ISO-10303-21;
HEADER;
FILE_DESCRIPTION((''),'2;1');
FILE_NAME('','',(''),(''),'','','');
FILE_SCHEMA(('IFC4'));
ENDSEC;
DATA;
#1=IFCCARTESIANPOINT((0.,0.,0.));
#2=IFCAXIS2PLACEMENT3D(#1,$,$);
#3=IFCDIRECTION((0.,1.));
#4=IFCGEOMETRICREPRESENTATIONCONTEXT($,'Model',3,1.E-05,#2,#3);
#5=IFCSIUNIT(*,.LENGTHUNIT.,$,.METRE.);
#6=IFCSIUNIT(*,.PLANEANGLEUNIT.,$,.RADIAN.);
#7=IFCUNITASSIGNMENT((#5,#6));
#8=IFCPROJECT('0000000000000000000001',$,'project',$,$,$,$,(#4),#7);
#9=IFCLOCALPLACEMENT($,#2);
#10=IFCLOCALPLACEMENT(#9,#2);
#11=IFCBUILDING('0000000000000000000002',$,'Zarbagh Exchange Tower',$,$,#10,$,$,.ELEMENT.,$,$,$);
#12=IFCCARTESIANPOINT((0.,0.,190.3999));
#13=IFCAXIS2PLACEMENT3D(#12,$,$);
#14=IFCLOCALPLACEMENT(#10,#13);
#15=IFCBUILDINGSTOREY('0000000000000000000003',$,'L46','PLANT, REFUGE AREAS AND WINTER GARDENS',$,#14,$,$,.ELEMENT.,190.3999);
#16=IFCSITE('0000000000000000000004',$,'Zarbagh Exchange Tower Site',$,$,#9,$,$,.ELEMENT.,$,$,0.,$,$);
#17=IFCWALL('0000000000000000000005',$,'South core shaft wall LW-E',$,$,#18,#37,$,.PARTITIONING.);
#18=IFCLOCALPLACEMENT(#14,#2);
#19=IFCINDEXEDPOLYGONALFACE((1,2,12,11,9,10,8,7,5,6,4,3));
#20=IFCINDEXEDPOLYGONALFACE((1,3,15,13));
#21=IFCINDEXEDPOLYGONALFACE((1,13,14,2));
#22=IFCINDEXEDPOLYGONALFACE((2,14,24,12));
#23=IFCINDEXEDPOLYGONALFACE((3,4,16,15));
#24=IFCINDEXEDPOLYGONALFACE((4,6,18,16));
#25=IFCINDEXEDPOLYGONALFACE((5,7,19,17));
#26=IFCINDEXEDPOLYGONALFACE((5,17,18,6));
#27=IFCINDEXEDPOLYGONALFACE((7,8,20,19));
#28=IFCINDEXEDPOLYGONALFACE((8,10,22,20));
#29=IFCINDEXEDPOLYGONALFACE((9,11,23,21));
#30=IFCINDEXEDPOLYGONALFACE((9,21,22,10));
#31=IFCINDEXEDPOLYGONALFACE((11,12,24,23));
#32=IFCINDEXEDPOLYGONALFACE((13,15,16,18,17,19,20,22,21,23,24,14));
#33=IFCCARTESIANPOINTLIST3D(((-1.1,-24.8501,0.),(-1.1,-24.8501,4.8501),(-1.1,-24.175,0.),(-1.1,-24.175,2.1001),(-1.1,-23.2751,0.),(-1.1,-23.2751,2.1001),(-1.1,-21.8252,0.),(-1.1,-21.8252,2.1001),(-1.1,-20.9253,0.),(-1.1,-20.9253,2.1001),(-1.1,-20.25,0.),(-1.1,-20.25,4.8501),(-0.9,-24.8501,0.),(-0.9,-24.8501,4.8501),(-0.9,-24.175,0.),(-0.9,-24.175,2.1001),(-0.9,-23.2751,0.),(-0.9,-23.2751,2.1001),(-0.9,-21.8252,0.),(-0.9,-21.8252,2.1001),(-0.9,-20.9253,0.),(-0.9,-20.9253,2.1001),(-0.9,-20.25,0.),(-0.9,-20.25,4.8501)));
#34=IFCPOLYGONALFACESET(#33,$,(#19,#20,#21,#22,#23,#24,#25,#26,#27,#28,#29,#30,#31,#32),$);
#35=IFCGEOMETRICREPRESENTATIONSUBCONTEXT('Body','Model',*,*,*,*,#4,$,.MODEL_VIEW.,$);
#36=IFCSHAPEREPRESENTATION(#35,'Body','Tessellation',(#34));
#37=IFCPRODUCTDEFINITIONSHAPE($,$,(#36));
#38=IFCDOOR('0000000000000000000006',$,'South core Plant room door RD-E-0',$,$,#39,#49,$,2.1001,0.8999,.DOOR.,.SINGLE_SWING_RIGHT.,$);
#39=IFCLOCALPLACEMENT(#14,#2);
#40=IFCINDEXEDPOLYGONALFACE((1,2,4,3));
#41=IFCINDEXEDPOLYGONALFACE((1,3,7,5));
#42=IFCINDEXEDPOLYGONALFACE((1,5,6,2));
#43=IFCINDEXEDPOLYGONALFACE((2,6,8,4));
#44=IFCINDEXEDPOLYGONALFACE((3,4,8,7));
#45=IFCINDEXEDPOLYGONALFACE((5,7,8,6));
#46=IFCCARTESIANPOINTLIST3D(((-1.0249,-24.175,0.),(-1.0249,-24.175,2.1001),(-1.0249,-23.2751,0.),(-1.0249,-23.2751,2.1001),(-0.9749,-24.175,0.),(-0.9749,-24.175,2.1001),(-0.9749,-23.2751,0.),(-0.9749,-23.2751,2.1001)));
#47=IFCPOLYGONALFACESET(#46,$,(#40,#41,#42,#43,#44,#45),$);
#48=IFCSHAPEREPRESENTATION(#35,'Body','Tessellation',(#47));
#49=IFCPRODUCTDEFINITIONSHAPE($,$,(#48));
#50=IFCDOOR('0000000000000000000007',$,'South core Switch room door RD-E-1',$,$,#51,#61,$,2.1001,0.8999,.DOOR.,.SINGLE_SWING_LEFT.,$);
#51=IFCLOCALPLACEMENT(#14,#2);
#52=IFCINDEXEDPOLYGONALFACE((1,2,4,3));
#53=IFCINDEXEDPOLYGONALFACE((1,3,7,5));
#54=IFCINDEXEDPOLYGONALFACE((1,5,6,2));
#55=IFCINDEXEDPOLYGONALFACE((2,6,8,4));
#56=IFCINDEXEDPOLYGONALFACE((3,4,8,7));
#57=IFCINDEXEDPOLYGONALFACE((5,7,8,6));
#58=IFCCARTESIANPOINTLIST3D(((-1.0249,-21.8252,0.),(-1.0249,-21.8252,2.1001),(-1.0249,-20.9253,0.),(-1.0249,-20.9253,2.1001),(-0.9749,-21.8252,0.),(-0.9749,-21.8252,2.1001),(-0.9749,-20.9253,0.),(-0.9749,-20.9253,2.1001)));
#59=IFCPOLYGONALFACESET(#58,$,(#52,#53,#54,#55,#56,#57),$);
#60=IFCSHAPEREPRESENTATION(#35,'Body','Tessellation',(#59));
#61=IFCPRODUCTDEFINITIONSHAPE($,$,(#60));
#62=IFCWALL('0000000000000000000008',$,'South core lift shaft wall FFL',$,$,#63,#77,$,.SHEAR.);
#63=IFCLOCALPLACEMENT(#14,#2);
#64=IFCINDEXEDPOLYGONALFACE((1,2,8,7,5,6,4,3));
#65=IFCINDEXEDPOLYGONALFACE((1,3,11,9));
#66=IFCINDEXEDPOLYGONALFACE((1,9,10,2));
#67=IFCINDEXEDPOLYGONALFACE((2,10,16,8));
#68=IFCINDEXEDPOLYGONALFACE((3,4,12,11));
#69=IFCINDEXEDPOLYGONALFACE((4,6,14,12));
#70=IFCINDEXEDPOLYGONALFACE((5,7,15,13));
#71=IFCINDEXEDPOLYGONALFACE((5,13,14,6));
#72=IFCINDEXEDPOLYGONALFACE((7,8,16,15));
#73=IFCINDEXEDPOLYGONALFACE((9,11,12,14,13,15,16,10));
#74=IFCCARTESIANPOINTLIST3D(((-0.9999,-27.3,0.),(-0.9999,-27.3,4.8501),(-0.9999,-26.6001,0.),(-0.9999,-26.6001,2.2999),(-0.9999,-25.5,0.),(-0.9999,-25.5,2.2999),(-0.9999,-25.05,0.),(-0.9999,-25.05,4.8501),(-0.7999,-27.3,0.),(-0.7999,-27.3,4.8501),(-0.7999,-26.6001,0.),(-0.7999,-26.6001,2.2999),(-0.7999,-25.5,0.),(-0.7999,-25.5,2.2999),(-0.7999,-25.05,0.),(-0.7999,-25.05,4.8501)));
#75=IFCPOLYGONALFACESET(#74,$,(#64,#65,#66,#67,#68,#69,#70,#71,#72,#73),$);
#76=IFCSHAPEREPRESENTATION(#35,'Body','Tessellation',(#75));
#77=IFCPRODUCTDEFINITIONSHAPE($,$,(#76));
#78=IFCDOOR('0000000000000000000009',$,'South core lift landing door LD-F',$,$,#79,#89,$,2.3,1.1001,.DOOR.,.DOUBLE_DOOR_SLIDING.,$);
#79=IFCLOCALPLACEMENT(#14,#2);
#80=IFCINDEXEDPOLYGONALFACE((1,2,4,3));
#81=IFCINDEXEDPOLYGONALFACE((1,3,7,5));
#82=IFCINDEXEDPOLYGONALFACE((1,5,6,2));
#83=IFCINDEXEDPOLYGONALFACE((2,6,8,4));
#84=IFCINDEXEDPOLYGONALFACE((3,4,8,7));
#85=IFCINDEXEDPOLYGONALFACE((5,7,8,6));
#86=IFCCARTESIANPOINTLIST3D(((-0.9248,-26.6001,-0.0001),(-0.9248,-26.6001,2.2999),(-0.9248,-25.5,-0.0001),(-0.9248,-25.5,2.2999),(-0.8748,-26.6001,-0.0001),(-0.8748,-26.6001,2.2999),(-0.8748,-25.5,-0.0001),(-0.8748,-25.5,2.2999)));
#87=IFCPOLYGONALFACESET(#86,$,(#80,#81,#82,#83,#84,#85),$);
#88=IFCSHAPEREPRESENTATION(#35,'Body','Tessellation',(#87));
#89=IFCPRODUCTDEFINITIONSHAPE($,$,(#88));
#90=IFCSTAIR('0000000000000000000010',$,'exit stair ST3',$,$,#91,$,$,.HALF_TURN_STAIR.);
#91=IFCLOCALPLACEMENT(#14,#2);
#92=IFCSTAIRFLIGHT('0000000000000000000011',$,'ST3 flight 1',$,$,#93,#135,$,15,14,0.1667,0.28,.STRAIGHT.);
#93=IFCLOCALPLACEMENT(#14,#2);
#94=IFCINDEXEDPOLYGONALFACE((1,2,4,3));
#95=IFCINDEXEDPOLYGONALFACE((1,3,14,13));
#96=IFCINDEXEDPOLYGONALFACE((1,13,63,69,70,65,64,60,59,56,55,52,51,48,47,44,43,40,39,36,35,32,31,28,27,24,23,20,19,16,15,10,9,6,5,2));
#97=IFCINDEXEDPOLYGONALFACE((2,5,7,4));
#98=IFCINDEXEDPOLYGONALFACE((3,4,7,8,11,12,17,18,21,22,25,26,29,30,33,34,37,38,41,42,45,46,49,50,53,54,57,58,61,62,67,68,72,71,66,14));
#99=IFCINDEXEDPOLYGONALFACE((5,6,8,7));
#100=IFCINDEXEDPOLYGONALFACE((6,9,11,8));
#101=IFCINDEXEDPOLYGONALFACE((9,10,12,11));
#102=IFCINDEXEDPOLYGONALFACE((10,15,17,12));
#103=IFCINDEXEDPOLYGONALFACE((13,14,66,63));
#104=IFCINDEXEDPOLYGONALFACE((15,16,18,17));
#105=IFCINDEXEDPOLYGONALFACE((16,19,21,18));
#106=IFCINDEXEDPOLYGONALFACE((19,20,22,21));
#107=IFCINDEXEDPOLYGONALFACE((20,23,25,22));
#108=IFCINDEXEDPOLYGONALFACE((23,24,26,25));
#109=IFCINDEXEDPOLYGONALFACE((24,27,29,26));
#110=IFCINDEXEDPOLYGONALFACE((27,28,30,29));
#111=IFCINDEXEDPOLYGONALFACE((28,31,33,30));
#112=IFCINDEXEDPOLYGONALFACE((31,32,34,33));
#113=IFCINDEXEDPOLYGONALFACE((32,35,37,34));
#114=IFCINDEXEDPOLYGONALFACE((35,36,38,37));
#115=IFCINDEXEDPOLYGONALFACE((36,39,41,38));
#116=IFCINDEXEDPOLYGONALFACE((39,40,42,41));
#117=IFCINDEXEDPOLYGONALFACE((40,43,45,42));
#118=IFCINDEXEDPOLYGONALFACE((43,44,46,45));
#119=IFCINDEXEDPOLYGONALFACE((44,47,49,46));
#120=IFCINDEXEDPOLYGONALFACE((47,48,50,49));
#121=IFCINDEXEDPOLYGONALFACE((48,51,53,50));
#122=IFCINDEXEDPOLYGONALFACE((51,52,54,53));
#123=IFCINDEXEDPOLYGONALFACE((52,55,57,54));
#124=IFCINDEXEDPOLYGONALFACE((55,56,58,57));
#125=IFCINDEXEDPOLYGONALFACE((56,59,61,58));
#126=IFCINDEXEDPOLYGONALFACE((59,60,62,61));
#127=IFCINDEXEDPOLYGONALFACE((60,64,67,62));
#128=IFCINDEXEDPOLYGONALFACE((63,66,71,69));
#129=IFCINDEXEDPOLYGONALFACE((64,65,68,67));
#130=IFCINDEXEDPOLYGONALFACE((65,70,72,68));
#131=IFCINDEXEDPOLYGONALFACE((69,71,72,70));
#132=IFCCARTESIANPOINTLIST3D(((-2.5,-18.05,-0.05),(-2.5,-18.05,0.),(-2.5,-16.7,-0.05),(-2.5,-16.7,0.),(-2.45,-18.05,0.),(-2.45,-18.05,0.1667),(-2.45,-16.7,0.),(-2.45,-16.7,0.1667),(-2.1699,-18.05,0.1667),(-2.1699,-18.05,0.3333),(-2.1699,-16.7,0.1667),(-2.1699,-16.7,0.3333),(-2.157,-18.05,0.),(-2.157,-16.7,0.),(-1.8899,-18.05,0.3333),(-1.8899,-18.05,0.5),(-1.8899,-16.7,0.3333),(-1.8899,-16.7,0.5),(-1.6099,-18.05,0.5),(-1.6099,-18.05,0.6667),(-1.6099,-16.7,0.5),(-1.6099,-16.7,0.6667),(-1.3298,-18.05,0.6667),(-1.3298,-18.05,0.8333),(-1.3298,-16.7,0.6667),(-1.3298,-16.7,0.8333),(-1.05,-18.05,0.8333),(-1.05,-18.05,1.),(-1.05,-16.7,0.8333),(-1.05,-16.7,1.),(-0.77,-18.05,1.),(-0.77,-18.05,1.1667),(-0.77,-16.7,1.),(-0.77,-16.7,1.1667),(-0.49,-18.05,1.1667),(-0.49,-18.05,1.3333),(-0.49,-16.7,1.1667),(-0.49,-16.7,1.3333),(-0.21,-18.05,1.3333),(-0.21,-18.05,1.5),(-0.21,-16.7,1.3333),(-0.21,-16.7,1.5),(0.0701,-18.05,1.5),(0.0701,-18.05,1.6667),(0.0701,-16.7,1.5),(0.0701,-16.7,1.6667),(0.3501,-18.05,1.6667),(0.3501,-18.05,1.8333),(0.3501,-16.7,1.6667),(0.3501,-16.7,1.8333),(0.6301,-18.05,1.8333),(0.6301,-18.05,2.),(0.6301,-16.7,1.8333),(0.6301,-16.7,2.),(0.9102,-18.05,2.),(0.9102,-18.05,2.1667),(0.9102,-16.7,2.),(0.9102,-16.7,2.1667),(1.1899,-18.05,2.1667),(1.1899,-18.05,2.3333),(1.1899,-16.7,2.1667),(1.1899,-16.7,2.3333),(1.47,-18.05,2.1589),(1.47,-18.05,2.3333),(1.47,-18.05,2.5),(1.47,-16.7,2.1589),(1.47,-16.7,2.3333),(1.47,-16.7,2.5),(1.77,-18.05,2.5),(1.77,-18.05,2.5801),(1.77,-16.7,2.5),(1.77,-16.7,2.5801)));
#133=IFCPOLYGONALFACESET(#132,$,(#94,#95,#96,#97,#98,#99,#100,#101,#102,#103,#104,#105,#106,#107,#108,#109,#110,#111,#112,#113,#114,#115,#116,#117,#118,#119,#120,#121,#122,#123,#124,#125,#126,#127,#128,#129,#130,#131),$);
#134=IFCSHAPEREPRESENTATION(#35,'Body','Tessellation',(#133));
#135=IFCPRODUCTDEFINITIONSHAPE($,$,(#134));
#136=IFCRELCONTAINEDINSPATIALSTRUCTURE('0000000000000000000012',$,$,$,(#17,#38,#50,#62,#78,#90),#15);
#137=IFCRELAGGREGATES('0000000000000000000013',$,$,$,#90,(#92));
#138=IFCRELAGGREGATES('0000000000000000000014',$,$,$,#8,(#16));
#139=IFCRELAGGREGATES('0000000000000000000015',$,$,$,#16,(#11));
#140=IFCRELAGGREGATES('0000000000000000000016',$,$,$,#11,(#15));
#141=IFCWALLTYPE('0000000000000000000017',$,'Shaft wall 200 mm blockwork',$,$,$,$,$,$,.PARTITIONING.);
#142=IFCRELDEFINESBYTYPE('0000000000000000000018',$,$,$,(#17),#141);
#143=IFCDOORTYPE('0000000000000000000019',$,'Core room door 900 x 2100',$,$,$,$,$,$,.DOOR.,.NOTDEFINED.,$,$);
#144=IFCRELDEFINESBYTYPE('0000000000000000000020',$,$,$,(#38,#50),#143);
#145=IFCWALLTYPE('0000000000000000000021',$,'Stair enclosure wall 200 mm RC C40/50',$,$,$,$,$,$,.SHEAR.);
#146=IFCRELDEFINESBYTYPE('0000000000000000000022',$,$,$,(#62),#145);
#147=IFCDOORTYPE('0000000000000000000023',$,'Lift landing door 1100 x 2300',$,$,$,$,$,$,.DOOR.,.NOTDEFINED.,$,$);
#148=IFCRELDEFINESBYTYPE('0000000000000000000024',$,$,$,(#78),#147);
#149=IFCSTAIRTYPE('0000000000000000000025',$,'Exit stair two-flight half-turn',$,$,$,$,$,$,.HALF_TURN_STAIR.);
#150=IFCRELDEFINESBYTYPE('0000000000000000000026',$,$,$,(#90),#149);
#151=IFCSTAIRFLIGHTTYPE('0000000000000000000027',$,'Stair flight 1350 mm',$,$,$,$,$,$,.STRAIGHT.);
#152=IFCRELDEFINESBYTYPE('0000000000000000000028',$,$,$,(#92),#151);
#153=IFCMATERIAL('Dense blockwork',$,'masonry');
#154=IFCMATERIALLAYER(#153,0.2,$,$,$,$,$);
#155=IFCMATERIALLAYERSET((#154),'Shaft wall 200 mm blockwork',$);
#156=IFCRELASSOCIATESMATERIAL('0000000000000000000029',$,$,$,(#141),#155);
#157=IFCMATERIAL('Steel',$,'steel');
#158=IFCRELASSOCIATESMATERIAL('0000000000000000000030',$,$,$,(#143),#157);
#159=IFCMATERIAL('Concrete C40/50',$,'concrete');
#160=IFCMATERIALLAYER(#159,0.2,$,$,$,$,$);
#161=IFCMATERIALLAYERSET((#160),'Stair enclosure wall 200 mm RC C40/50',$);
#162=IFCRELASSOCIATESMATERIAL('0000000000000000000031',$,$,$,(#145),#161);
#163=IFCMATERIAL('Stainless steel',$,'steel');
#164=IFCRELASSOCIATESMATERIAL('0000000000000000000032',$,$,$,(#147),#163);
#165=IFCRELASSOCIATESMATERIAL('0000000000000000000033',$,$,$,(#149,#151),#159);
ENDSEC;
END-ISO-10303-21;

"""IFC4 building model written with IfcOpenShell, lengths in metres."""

from ifc_helpers import new_model, si_unit, direction, frame, frame_2d, origin, place, context, subcontext, project, spatial, polyline, rectangle, outline, extrude, material, layer, layer_set, type_object, element, fill, aggregate, save


model = new_model("IFC4")

# Units and contexts
model_context = context("Model", 3, precision=1e-05, world=origin(), true_north=direction((0.0, 1.0)))
body_context = subcontext(model_context, "Body", "Model", "MODEL_VIEW")
ifc_project = project(units=[si_unit("LENGTHUNIT", "METRE"), si_unit("PLANEANGLEUNIT", "RADIAN")], contexts=[model_context])

# Site, building, storey
site_placement = place(None, origin())
site = spatial("IfcSite", under=ifc_project, at=site_placement, Name="Zarbagh Exchange Tower Site", CompositionType="ELEMENT", RefElevation=0.0)
building_placement = place(site_placement, origin())
building = spatial("IfcBuilding", under=site, at=building_placement, Name="Zarbagh Exchange Tower", CompositionType="ELEMENT")
storey_placement = place(building_placement, frame((0.0, 0.0, 190.3999)))
storey = spatial("IfcBuildingStorey", under=building, at=storey_placement, Name="L46", Description="PLANT, REFUGE AREAS AND WINTER GARDENS", CompositionType="ELEMENT", Elevation=190.3999)

# Shared definitions
ifc_material_1 = material(Name="Dense blockwork", Category="masonry")
ifc_layer_1 = layer(ifc_material_1, 0.2)
ifc_layer_set_1 = layer_set([ifc_layer_1], Name="Shaft wall 200 mm blockwork")
wall_type_1 = type_object("IfcWallType", Name="Shaft wall 200 mm blockwork", PredefinedType="PARTITIONING", material=ifc_layer_set_1)

# Wall, openings, doors
wall_1_placement = place(storey_placement, frame((-1.0, -24.8501, 0.0), z_axis=(0.0, 0.0, 1.0), x_axis=(0.0, 1.0, 0.0)))
wall_1 = element("IfcWall", 1, at=wall_1_placement, inside=storey, type_object=wall_type_1, Name="South core shaft wall LW-E", PredefinedType="PARTITIONING", context=body_context, shape_type="SweptSolid", body=[
    extrude(rectangle(XDim=4.6001, YDim=0.2, at=frame_2d((2.3, 0.0))), origin(), (0.0, 0.0, 1.0), 4.8501),
])
opening_1_placement = place(wall_1_placement, frame((0.675, 0.0, 0.0)))
opening_1 = element("IfcOpeningElement", 2, at=opening_1_placement, cuts=wall_1, PredefinedType="OPENING", context=body_context, shape_type="SweptSolid", body=[
    extrude(rectangle(XDim=0.8999, YDim=2.1001, at=frame_2d((0.45, 1.05))), frame((0.0, 0.1099, 0.0), z_axis=(0.0, -1.0, 0.0), x_axis=(1.0, 0.0, 0.0)), (0.0, 0.0, 1.0), 0.22),
])
opening_2_placement = place(wall_1_placement, frame((3.0249, 0.0, 0.0)))
opening_2 = element("IfcOpeningElement", 3, at=opening_2_placement, cuts=wall_1, PredefinedType="OPENING", context=body_context, shape_type="SweptSolid", body=[
    extrude(rectangle(XDim=0.8999, YDim=2.1001, at=frame_2d((0.45, 1.05))), frame((0.0, 0.1099, 0.0), z_axis=(0.0, -1.0, 0.0), x_axis=(1.0, 0.0, 0.0)), (0.0, 0.0, 1.0), 0.22),
])
ifc_material_2 = material(Name="Steel", Category="steel")
door_type_1 = type_object("IfcDoorType", Name="Core room door 900 x 2100", OperationType="NOTDEFINED", PredefinedType="DOOR", material=ifc_material_2)
door_1_placement = place(opening_1_placement, origin())
door_1 = element("IfcDoor", 4, at=door_1_placement, inside=storey, type_object=door_type_1, Name="South core Plant room door RD-E-0", OperationType="SINGLE_SWING_RIGHT", OverallHeight=2.1001, OverallWidth=0.8999, PredefinedType="DOOR", context=body_context, shape_type="SweptSolid", body=[
    extrude(rectangle(XDim=0.8999, YDim=2.1001, at=frame_2d((0.45, 1.05))), frame((0.0, 0.0249, 0.0), z_axis=(0.0, -1.0, 0.0), x_axis=(1.0, 0.0, 0.0)), (0.0, 0.0, 1.0), 0.05),
])
fill(opening_1, door_1)
door_2_placement = place(opening_2_placement, origin())
door_2 = element("IfcDoor", 5, at=door_2_placement, inside=storey, type_object=door_type_1, Name="South core Switch room door RD-E-1", OperationType="SINGLE_SWING_LEFT", OverallHeight=2.1001, OverallWidth=0.8999, PredefinedType="DOOR", context=body_context, shape_type="SweptSolid", body=[
    extrude(rectangle(XDim=0.8999, YDim=2.1001, at=frame_2d((0.45, 1.05))), frame((0.0, 0.0249, 0.0), z_axis=(0.0, -1.0, 0.0), x_axis=(1.0, 0.0, 0.0)), (0.0, 0.0, 1.0), 0.05),
])
fill(opening_2, door_2)

# Wall, opening, door
ifc_material_3 = material(Name="Concrete C40/50", Category="concrete")
ifc_layer_2 = layer(ifc_material_3, 0.2)
ifc_layer_set_2 = layer_set([ifc_layer_2], Name="Stair enclosure wall 200 mm RC C40/50")
wall_type_2 = type_object("IfcWallType", Name="Stair enclosure wall 200 mm RC C40/50", PredefinedType="SHEAR", material=ifc_layer_set_2)
wall_2_placement = place(storey_placement, frame((-0.8999, -27.3, 0.0), z_axis=(0.0, 0.0, 1.0), x_axis=(0.0, 1.0, 0.0)))
wall_2 = element("IfcWall", 6, at=wall_2_placement, inside=storey, type_object=wall_type_2, Name="South core lift shaft wall FFL", PredefinedType="SHEAR", context=body_context, shape_type="SweptSolid", body=[
    extrude(rectangle(XDim=2.25, YDim=0.2, at=frame_2d((1.125, 0.0))), origin(), (0.0, 0.0, 1.0), 4.8501),
])
opening_3_placement = place(wall_2_placement, frame((0.7, 0.0, 0.0)))
opening_3 = element("IfcOpeningElement", 7, at=opening_3_placement, cuts=wall_2, PredefinedType="OPENING", context=body_context, shape_type="SweptSolid", body=[
    extrude(rectangle(XDim=1.1001, YDim=2.3, at=frame_2d((0.55, 1.1499))), frame((0.0, 0.1099, 0.0), z_axis=(0.0, -1.0, 0.0), x_axis=(1.0, 0.0, 0.0)), (0.0, 0.0, 1.0), 0.22),
])
ifc_material_4 = material(Name="Stainless steel", Category="steel")
door_type_2 = type_object("IfcDoorType", Name="Lift landing door 1100 x 2300", OperationType="NOTDEFINED", PredefinedType="DOOR", material=ifc_material_4)
door_3_placement = place(opening_3_placement, origin())
door_3 = element("IfcDoor", 8, at=door_3_placement, inside=storey, type_object=door_type_2, Name="South core lift landing door LD-F", OperationType="DOUBLE_DOOR_SLIDING", OverallHeight=2.3, OverallWidth=1.1001, PredefinedType="DOOR", context=body_context, shape_type="SweptSolid", body=[
    extrude(rectangle(XDim=1.1001, YDim=2.3, at=frame_2d((0.55, 1.1499))), frame((0.0, 0.0249, 0.0), z_axis=(0.0, -1.0, 0.0), x_axis=(1.0, 0.0, 0.0)), (0.0, 0.0, 1.0), 0.05),
])
fill(opening_3, door_3)

# Stair, stair flight
stair_type = type_object("IfcStairType", Name="Exit stair two-flight half-turn", PredefinedType="HALF_TURN_STAIR", material=ifc_material_3)
stair_placement = place(storey_placement, origin())
stair = element("IfcStair", 9, at=stair_placement, inside=storey, type_object=stair_type, Name="exit stair ST3", PredefinedType="HALF_TURN_STAIR")
stair_flight_type = type_object("IfcStairFlightType", Name="Stair flight 1350 mm", PredefinedType="STRAIGHT", material=ifc_material_3)
stair_flight_placement = place(storey_placement, frame((-2.45, -17.375, 0.0), z_axis=(0.0, 0.0, 1.0), x_axis=(1.0, 0.0, 0.0)))
stair_flight = element("IfcStairFlight", 10, at=stair_flight_placement, type_object=stair_flight_type, Name="ST3 flight 1", NumberOfRisers=15, NumberOfTreads=14, PredefinedType="STRAIGHT", RiserHeight=0.1667, TreadLength=0.28, context=body_context, shape_type="SweptSolid", body=[
    extrude(outline(polyline([(-0.05, -0.05), (-0.05, 0.0), (0.0, 0.0), (0.0, 0.1667), (0.28, 0.1667), (0.28, 0.3333), (0.5601, 0.3333), (0.5601, 0.5), (0.8401, 0.5), (0.8401, 0.6667), (1.1201, 0.6667), (1.1201, 0.8333), (1.3999, 0.8333), (1.3999, 1.0), (1.6799, 1.0), (1.6799, 1.1667), (1.96, 1.1667), (1.96, 1.3333), (2.24, 1.3333), (2.24, 1.5), (2.52, 1.5), (2.52, 1.6667), (2.8, 1.6667), (2.8, 1.8333), (3.0801, 1.8333), (3.0801, 2.0), (3.3601, 2.0), (3.3601, 2.1667), (3.6399, 2.1667), (3.6399, 2.3333), (3.9199, 2.3333), (3.9199, 2.5), (4.22, 2.5801), (4.22, 2.5), (3.9199, 2.1589), (0.293, 0.0), (-0.05, -0.05)])), frame((0.0, 0.675, 0.0), z_axis=(0.0, -1.0, 0.0), x_axis=(1.0, 0.0, 0.0)), (0.0, 0.0, 1.0), 1.3501),
])
aggregate(stair, [stair_flight])

save(model, "model.ifc")
